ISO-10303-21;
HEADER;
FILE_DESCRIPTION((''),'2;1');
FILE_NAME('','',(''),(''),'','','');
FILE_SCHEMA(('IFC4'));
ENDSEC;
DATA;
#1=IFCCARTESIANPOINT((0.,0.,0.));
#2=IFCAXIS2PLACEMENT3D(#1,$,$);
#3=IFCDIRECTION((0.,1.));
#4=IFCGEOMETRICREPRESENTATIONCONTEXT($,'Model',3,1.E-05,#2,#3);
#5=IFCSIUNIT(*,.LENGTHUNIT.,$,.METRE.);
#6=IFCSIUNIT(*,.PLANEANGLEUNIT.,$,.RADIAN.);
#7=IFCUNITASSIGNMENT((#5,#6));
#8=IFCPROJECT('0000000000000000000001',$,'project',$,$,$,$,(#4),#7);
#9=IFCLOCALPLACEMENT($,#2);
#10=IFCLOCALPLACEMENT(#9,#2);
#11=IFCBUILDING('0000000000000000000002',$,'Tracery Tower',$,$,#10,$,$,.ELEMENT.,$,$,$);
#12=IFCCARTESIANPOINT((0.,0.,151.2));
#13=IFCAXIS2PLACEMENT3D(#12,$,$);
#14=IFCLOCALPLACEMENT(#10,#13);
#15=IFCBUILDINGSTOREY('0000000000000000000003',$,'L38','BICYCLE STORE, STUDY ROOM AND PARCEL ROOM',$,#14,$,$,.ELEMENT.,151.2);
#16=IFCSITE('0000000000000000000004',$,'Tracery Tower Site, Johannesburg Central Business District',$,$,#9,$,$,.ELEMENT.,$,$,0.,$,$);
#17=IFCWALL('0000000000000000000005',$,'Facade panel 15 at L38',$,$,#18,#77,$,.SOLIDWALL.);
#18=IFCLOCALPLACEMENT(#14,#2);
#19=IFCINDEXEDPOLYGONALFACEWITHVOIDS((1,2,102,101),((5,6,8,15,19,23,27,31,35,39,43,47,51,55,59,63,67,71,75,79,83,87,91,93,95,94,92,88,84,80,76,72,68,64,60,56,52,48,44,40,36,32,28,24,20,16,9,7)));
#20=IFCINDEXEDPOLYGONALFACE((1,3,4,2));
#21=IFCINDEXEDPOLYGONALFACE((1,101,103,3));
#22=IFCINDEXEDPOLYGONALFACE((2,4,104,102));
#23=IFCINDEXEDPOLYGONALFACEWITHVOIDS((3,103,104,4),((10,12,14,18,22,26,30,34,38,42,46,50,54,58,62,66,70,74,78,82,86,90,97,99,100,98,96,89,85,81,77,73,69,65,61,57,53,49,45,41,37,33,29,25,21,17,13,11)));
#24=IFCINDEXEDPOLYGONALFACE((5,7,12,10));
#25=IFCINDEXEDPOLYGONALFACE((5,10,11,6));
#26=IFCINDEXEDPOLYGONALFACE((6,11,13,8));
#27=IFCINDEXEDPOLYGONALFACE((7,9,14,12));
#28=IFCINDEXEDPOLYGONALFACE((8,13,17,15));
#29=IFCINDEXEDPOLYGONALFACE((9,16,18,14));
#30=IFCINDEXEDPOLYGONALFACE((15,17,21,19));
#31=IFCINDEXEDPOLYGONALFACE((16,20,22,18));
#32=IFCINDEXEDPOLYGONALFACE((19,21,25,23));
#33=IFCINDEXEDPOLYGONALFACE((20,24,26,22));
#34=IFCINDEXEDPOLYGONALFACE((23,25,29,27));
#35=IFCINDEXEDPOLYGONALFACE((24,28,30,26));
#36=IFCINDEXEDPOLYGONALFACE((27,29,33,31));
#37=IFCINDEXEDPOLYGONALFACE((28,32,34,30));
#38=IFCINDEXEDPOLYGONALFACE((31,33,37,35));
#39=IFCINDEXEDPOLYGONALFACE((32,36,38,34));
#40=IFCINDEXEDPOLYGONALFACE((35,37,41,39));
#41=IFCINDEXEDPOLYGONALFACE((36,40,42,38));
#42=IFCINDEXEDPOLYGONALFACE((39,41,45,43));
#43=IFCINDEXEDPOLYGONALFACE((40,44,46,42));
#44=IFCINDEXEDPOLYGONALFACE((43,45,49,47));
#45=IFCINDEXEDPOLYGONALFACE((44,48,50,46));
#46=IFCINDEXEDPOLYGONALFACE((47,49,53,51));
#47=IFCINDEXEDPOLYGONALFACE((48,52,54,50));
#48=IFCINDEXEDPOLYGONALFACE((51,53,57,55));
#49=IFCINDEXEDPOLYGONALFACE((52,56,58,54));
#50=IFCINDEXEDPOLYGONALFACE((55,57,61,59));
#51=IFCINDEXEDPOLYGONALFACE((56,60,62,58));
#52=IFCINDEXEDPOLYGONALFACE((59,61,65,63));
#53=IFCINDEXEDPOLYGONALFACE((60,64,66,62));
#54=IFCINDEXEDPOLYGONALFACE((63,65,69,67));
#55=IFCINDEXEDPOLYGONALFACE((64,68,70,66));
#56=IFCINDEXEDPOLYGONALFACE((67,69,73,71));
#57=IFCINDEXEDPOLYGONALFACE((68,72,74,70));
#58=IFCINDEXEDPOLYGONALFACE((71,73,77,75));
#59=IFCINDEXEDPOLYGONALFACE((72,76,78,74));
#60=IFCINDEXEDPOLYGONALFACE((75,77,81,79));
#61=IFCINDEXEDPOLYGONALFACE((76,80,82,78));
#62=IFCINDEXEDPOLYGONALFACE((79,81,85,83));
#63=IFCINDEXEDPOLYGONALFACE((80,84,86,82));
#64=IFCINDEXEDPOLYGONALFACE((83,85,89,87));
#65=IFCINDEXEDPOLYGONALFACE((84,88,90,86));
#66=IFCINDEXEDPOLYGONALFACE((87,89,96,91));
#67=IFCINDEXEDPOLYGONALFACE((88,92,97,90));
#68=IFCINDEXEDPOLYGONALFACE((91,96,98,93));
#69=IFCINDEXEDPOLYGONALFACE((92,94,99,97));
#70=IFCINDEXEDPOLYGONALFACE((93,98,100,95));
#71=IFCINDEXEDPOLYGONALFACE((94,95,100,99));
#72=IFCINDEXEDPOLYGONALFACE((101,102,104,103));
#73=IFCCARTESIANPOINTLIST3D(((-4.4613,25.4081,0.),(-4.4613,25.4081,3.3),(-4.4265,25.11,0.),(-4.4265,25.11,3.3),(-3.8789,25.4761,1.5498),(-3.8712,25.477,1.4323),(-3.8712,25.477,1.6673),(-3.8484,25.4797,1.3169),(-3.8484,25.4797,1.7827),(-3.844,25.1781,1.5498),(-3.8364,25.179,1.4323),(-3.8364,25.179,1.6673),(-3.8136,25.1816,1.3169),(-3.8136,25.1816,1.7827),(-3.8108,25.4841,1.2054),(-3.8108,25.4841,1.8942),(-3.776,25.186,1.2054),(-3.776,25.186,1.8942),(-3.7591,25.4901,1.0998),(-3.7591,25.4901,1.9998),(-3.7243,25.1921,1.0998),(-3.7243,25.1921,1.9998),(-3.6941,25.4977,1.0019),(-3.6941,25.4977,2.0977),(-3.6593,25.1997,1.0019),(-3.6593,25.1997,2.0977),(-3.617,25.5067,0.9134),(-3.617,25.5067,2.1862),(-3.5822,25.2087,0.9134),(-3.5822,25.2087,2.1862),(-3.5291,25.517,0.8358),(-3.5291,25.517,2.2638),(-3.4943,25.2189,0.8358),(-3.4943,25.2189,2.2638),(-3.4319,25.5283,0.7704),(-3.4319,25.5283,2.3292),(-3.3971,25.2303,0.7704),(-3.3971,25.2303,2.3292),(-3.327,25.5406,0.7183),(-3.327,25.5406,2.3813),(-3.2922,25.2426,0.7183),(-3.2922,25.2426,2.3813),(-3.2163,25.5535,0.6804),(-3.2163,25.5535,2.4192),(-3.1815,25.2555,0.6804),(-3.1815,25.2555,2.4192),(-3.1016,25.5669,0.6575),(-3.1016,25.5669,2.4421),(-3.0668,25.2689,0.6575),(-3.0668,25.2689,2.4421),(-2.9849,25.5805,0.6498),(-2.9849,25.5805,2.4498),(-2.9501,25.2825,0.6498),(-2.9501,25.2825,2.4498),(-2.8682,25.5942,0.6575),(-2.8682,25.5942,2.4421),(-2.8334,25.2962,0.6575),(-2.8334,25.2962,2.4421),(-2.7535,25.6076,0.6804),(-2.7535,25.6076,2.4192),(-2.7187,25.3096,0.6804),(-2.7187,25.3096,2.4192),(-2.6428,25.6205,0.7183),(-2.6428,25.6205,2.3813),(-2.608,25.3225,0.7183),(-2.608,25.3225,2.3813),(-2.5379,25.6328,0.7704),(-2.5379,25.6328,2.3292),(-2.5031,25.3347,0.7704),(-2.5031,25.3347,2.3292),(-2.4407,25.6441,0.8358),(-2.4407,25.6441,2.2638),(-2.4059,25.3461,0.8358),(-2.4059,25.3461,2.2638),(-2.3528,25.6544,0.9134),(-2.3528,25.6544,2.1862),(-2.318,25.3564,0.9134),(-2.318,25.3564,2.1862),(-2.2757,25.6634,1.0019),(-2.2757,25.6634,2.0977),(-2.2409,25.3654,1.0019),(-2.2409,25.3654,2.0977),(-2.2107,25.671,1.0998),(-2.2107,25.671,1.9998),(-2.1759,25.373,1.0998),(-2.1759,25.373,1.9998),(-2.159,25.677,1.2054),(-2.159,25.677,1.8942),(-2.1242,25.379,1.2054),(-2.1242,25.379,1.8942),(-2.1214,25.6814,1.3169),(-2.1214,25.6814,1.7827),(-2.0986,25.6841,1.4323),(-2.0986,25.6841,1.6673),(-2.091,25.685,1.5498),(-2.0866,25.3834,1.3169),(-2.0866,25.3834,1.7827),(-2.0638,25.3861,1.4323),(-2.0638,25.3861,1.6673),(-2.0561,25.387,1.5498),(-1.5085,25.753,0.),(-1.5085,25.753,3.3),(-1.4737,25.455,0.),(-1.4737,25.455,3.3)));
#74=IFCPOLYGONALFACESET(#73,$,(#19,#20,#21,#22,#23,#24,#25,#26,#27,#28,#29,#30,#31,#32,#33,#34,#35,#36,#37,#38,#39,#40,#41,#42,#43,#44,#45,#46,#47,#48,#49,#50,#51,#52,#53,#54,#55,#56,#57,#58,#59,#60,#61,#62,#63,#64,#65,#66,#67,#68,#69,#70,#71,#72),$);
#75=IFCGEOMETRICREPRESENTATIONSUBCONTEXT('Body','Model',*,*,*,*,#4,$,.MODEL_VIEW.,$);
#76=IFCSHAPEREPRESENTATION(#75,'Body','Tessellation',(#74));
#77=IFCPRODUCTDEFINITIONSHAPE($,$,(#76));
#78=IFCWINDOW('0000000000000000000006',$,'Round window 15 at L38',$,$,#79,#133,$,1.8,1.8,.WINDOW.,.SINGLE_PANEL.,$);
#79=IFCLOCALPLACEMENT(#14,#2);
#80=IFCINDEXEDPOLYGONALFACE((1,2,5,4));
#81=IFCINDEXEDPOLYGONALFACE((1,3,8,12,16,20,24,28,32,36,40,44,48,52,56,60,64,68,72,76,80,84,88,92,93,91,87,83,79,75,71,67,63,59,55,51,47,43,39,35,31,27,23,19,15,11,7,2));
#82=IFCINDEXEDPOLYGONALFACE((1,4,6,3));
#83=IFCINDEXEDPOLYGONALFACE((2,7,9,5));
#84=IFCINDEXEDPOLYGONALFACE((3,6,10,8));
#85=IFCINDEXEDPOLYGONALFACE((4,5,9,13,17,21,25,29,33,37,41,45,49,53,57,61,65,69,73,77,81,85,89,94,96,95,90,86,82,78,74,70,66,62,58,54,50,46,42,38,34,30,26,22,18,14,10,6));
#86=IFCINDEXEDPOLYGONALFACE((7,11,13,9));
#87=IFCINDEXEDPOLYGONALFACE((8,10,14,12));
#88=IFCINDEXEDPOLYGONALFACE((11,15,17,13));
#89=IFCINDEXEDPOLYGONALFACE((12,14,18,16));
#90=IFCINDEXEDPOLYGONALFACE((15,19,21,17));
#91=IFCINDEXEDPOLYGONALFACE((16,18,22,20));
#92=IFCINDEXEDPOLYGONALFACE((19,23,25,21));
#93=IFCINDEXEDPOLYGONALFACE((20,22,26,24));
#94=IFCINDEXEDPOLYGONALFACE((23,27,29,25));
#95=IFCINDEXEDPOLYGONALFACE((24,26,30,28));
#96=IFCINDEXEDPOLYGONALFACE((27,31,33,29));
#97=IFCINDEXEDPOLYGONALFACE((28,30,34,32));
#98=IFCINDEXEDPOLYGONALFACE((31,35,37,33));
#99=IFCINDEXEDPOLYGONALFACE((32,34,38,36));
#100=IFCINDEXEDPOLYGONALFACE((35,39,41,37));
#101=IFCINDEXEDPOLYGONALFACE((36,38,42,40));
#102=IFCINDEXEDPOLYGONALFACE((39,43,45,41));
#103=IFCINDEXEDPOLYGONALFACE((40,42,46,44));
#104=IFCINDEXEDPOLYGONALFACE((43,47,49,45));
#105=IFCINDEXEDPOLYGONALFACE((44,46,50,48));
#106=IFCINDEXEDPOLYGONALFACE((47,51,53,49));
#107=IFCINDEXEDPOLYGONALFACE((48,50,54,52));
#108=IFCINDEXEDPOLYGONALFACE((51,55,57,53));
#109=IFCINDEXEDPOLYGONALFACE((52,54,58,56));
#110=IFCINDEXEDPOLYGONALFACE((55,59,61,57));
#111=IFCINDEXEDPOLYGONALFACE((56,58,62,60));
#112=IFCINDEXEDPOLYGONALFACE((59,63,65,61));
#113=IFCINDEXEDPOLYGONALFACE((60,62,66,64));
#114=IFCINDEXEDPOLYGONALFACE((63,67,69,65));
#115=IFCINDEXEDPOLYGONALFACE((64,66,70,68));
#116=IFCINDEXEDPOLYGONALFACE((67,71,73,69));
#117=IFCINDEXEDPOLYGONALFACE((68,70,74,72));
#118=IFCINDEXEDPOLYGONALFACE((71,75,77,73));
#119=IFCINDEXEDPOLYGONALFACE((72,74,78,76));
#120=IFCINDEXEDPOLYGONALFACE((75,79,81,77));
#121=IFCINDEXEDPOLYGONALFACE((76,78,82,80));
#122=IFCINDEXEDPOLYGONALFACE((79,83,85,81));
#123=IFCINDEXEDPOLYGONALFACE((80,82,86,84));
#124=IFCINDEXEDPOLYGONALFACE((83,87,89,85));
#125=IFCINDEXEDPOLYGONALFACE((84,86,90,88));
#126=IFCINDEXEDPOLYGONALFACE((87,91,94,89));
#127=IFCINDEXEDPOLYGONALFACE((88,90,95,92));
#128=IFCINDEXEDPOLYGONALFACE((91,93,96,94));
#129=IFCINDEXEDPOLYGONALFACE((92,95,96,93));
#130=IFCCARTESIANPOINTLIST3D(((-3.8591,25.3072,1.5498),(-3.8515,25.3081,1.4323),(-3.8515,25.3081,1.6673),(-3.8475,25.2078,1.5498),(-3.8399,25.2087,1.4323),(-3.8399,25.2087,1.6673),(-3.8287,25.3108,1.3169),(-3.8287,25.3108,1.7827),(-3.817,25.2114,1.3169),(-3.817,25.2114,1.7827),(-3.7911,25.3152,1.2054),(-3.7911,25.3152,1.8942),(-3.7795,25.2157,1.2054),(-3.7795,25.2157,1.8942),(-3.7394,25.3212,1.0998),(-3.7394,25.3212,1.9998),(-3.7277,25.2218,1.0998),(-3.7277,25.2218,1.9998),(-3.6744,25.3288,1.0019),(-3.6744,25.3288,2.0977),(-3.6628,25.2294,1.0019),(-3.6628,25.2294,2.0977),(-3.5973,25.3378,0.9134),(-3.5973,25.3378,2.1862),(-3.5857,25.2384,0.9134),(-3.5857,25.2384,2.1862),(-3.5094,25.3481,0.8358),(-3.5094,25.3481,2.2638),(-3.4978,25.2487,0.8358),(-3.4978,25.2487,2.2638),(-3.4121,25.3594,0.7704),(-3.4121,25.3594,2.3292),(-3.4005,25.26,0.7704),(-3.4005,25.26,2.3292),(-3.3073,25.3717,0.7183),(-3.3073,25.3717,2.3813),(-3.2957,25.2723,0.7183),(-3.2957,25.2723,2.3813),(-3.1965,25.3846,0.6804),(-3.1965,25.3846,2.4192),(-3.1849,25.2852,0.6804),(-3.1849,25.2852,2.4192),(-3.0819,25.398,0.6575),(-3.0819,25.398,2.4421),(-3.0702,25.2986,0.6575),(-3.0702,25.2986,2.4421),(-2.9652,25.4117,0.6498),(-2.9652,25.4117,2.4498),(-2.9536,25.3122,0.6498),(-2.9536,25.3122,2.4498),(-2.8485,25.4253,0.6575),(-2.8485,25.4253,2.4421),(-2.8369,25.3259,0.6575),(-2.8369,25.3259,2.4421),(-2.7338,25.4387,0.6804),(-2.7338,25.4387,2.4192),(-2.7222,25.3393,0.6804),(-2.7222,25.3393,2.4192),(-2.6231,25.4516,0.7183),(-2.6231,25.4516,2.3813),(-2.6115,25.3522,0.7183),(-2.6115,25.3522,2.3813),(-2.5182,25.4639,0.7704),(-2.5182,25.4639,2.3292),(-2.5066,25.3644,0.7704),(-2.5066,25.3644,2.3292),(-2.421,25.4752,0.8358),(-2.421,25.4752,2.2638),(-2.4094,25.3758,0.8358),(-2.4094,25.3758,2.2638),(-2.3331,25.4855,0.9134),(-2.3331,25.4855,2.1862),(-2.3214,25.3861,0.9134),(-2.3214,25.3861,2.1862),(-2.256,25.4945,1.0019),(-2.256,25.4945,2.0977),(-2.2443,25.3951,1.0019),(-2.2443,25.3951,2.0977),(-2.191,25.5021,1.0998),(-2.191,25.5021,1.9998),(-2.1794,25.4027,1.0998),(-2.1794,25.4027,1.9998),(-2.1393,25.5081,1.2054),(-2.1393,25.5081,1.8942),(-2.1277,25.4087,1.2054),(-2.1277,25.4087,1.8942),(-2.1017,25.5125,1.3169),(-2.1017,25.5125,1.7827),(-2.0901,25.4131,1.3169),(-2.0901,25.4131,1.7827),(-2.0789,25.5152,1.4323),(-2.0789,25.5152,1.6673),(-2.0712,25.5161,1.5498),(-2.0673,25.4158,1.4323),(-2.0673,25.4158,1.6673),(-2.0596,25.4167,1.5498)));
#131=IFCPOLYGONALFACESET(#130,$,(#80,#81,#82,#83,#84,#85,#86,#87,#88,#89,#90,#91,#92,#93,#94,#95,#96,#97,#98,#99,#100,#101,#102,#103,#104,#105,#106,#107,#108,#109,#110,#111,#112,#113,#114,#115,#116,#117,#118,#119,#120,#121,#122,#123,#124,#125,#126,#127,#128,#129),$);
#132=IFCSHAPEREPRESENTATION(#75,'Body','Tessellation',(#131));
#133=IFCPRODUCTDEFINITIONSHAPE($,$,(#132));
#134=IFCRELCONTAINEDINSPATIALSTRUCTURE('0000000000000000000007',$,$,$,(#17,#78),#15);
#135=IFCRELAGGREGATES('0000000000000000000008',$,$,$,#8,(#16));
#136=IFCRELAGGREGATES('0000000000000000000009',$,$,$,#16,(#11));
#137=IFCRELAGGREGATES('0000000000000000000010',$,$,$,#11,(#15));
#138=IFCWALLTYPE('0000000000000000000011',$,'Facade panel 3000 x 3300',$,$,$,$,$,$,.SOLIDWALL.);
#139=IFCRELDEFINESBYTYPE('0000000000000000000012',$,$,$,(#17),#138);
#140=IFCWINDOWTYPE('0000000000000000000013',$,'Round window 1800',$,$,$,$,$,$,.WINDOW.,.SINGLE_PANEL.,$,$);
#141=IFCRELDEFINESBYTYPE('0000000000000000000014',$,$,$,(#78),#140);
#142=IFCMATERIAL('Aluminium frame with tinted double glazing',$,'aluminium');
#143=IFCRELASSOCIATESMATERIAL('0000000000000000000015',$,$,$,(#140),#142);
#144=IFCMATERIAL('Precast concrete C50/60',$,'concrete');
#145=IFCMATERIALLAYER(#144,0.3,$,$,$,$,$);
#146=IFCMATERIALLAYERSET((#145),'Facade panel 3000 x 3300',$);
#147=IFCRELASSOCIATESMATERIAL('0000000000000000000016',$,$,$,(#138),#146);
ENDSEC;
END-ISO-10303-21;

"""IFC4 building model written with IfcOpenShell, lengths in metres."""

from ifc_helpers import new_model, si_unit, direction, frame, frame_2d, origin, origin_2d, place, context, subcontext, project, spatial, rectangle, circle, extrude, material, layer, layer_set, type_object, element, fill, save


model = new_model("IFC4")

# Units and contexts
model_context = context("Model", 3, precision=1e-05, world=origin(), true_north=direction((0.0, 1.0)))
body_context = subcontext(model_context, "Body", "Model", "MODEL_VIEW")
ifc_project = project(units=[si_unit("LENGTHUNIT", "METRE"), si_unit("PLANEANGLEUNIT", "RADIAN")], contexts=[model_context])

# Site, building, storey
site_placement = place(None, origin())
site = spatial("IfcSite", under=ifc_project, at=site_placement, Name="Tracery Tower Site, Johannesburg Central Business District", CompositionType="ELEMENT", RefElevation=0.0)
building_placement = place(site_placement, origin())
building = spatial("IfcBuilding", under=site, at=building_placement, Name="Tracery Tower", CompositionType="ELEMENT")
storey_placement = place(building_placement, frame((0.0, 0.0, 151.2)))
storey = spatial("IfcBuildingStorey", under=building, at=storey_placement, Name="L38", Description="BICYCLE STORE, STUDY ROOM AND PARCEL ROOM", CompositionType="ELEMENT", Elevation=151.2)

# Wall, opening, window
ifc_material_1 = material(Name="Aluminium frame with tinted double glazing", Category="aluminium")
window_type = type_object("IfcWindowType", Name="Round window 1800", PartitioningType="SINGLE_PANEL", PredefinedType="WINDOW", material=ifc_material_1)
ifc_material_2 = material(Name="Precast concrete C50/60", Category="concrete")
ifc_layer_1 = layer(ifc_material_2, 0.3)
ifc_layer_set_1 = layer_set([ifc_layer_1], Name="Facade panel 3000 x 3300")
wall_type_1 = type_object("IfcWallType", Name="Facade panel 3000 x 3300", PredefinedType="SOLIDWALL", material=ifc_layer_set_1)
wall_1_placement = place(storey_placement, frame((-1.4912, 25.604, 0.0), z_axis=(0.0, 0.0, 1.0), x_axis=(-0.993245, -0.116036, 0.0)))
wall_1 = element("IfcWall", 1, at=wall_1_placement, inside=storey, type_object=wall_type_1, Name="Facade panel 15 at L38", PredefinedType="SOLIDWALL", context=body_context, shape_type="SweptSolid", body=[
    extrude(rectangle(XDim=2.9729, YDim=0.3, at=frame_2d((1.4863, 0.0))), origin(), (0.0, 0.0, 1.0), 3.3),
])
opening_1_placement = place(wall_1_placement, frame((1.4863, 0.0, 1.5498)))
opening_1 = element("IfcOpeningElement", 2, at=opening_1_placement, cuts=wall_1, PredefinedType="OPENING", context=body_context, shape_type="SweptSolid", body=[
    extrude(circle(Radius=0.9, at=origin_2d()), frame((0.0, 0.1599, 0.0), z_axis=(0.0, -1.0, 0.0), x_axis=(1.0, 0.0, 0.0)), (0.0, 0.0, 1.0), 0.3201),
])
window_1_placement = place(opening_1_placement, origin())
window_1 = element("IfcWindow", 3, at=window_1_placement, inside=storey, type_object=window_type, Name="Round window 15 at L38", OverallHeight=1.8, OverallWidth=1.8, PartitioningType="SINGLE_PANEL", PredefinedType="WINDOW", context=body_context, shape_type="SweptSolid", body=[
    extrude(circle(Radius=0.9, at=origin_2d()), frame((0.0, 0.1201, 0.0), z_axis=(0.0, -1.0, 0.0), x_axis=(1.0, 0.0, 0.0)), (0.0, 0.0, 1.0), 0.1001),
])
fill(opening_1, window_1)

save(model, "model.ifc")
